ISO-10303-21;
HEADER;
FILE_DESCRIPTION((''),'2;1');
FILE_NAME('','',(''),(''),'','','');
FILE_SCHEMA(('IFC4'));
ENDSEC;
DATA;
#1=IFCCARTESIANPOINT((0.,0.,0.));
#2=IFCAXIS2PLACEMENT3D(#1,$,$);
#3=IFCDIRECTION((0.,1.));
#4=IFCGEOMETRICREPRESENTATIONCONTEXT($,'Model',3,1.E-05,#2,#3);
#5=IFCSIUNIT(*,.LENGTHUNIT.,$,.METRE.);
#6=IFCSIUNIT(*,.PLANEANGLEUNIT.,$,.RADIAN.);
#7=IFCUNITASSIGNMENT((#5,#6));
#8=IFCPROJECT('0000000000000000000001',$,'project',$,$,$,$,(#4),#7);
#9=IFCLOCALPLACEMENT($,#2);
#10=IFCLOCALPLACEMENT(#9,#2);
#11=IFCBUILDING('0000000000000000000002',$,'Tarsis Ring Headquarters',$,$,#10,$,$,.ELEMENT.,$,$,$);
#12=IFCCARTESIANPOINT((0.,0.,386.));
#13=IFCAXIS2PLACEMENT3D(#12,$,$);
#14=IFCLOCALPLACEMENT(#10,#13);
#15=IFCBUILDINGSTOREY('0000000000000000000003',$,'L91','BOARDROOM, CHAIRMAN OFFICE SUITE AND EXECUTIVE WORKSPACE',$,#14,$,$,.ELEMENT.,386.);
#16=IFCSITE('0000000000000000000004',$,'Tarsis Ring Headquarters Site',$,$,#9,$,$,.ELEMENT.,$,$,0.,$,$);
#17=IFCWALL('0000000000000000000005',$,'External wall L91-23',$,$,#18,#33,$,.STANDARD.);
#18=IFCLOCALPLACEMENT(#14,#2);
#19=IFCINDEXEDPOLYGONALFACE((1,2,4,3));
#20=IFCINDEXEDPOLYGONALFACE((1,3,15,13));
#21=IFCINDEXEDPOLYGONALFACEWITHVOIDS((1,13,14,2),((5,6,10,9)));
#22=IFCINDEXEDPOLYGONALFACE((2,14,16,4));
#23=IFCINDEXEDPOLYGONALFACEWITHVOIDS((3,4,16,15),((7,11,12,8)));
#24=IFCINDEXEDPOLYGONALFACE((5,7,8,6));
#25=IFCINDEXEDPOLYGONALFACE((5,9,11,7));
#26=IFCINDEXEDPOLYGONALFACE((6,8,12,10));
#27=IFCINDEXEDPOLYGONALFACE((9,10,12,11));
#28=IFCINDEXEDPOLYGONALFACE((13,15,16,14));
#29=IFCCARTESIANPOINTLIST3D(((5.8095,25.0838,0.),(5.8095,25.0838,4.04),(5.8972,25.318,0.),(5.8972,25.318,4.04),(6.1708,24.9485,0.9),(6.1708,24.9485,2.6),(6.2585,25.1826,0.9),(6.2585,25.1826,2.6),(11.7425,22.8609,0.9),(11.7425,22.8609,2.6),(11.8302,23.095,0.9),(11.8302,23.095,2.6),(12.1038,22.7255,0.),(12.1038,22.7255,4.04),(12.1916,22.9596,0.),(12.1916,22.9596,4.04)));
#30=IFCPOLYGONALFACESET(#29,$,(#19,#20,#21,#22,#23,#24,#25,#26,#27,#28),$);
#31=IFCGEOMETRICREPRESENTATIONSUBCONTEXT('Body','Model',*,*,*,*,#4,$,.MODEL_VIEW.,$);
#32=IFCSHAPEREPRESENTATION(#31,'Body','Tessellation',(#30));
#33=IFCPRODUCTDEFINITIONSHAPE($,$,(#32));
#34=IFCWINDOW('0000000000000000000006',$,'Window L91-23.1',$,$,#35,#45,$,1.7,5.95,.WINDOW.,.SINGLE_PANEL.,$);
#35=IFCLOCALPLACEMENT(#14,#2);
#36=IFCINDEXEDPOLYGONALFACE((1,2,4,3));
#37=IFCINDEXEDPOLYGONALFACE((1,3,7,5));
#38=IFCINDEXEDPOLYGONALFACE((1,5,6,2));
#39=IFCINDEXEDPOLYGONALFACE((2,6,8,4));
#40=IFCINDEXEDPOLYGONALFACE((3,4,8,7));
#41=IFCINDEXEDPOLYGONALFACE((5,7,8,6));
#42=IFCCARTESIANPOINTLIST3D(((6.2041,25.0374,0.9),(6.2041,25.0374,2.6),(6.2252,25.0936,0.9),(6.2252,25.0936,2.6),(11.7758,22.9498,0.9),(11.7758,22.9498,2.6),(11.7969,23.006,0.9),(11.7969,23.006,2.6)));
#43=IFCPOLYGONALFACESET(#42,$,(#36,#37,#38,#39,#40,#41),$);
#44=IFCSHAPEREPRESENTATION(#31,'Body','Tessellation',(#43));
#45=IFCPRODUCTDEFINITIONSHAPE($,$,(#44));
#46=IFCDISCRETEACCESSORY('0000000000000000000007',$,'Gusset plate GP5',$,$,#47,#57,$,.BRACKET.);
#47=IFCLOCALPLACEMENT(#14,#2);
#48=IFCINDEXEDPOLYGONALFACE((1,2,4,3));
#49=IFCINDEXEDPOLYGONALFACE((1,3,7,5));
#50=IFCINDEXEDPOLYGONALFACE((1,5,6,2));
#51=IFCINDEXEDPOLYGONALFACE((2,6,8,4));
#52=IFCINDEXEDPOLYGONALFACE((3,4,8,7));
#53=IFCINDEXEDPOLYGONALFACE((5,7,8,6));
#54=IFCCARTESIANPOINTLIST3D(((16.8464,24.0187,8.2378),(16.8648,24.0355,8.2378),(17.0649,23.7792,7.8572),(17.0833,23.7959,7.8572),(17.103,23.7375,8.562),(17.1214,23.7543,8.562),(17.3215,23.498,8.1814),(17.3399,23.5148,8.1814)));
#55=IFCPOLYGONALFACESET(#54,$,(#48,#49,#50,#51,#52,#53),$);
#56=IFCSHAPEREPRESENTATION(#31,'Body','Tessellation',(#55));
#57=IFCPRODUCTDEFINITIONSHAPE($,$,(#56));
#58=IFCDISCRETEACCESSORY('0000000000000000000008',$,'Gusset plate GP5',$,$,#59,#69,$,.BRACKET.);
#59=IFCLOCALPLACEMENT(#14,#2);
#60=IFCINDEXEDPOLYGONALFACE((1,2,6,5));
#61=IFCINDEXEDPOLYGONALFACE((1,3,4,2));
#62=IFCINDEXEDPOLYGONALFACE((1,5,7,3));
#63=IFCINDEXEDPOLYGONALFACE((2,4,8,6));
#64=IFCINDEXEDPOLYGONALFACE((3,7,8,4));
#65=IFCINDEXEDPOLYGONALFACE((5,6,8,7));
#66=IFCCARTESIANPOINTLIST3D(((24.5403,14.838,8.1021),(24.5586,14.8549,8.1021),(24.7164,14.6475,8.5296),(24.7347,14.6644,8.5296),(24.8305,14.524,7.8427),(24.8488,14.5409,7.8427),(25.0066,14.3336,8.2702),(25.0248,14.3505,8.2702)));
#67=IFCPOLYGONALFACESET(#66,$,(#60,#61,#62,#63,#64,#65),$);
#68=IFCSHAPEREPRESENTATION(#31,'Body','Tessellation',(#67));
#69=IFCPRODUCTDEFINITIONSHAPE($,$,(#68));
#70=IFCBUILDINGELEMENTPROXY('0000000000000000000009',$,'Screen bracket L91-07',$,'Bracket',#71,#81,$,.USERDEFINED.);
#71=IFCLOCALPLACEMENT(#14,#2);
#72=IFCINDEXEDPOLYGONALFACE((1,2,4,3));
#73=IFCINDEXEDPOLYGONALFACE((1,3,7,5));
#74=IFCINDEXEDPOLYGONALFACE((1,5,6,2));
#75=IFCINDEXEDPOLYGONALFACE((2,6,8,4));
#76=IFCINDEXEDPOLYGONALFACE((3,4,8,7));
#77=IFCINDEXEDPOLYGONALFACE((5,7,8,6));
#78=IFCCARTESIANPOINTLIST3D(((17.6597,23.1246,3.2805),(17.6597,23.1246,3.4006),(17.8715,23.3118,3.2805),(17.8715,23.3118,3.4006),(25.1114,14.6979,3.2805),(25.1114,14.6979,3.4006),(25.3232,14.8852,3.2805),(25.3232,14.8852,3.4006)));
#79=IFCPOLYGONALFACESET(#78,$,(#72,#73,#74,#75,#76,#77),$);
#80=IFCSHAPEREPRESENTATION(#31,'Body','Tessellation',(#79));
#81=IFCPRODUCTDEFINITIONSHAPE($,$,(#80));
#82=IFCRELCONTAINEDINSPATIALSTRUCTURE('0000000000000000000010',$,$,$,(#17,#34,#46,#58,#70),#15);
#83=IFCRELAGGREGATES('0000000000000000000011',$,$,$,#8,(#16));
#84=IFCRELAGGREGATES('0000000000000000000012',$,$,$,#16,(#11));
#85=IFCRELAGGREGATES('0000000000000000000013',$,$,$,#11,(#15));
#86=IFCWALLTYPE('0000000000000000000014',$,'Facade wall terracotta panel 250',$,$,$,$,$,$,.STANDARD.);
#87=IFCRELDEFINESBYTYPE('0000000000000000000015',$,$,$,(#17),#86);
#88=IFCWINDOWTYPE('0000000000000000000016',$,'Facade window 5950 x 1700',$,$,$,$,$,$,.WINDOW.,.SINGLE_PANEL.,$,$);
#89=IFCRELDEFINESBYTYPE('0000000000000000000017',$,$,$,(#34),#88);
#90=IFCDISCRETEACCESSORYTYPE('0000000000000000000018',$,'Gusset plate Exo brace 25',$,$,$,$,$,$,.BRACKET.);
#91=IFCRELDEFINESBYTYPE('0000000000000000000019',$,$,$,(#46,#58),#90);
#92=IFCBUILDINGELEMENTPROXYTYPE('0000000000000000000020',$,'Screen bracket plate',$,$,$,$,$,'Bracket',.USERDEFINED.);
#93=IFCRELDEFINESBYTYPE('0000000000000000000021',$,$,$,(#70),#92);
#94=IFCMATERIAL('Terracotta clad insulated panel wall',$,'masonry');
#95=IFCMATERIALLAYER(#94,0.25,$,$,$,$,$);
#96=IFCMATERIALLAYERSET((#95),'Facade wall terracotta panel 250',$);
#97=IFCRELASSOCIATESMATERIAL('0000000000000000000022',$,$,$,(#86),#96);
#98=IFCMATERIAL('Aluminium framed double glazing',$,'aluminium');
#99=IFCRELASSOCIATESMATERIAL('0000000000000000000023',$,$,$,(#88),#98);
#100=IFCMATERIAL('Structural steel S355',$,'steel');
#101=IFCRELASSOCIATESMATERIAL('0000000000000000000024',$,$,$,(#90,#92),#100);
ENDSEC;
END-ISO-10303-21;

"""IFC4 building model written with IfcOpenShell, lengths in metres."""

from ifc_helpers import new_model, si_unit, direction, frame, frame_2d, origin, origin_2d, place, context, subcontext, project, spatial, rectangle, extrude, material, layer, layer_set, material_profile, profile_set, type_object, element, fill, save


model = new_model("IFC4")

# Units and contexts
model_context = context("Model", 3, precision=1e-05, world=origin(), true_north=direction((0.0, 1.0)))
body_context = subcontext(model_context, "Body", "Model", "MODEL_VIEW")
ifc_project = project(units=[si_unit("LENGTHUNIT", "METRE"), si_unit("PLANEANGLEUNIT", "RADIAN")], contexts=[model_context])

# Site, building, storey
site_placement = place(None, origin())
site = spatial("IfcSite", under=ifc_project, at=site_placement, Name="Tarsis Ring Headquarters Site", CompositionType="ELEMENT", RefElevation=0.0)
building_placement = place(site_placement, origin())
building = spatial("IfcBuilding", under=site, at=building_placement, Name="Tarsis Ring Headquarters", CompositionType="ELEMENT")
storey_placement = place(building_placement, frame((0.0, 0.0, 386.0)))
storey = spatial("IfcBuildingStorey", under=building, at=storey_placement, Name="L91", Description="BOARDROOM, CHAIRMAN OFFICE SUITE AND EXECUTIVE WORKSPACE", CompositionType="ELEMENT", Elevation=386.0)

# Shared definitions
ifc_material_1 = material(Name="Structural steel S355", Category="steel")

# Wall, opening, window
ifc_material_2 = material(Name="Terracotta clad insulated panel wall", Category="masonry")
ifc_layer_1 = layer(ifc_material_2, 0.25)
ifc_layer_set_1 = layer_set([ifc_layer_1], Name="Facade wall terracotta panel 250")
wall_type_1 = type_object("IfcWallType", Name="Facade wall terracotta panel 250", PredefinedType="STANDARD", material=ifc_layer_set_1)
ifc_material_3 = material(Name="Aluminium framed double glazing", Category="aluminium")
window_type = type_object("IfcWindowType", Name="Facade window 5950 x 1700", PartitioningType="SINGLE_PANEL", PredefinedType="WINDOW", material=ifc_material_3)
wall_1_placement = place(storey_placement, frame((12.1477, 22.8425, 0.0), z_axis=(0.0, 0.0, 1.0), x_axis=(-0.936428, 0.350861, 0.0)))
wall_1 = element("IfcWall", 1, at=wall_1_placement, inside=storey, type_object=wall_type_1, Name="External wall L91-23", PredefinedType="STANDARD", context=body_context, shape_type="SweptSolid", body=[
    extrude(rectangle(XDim=6.7217, YDim=0.25, at=frame_2d((3.3608, 0.0))), origin(), (0.0, 0.0, 1.0), 4.04),
])
opening_1_placement = place(wall_1_placement, frame((0.3857, 0.0, 0.8999)))
opening_1 = element("IfcOpeningElement", 2, at=opening_1_placement, cuts=wall_1, PredefinedType="OPENING", context=body_context, shape_type="SweptSolid", body=[
    extrude(rectangle(XDim=5.95, YDim=1.7, at=frame_2d((2.9751, 0.8501))), frame((0.0, 0.135, 0.0), z_axis=(0.0, -1.0, 0.0), x_axis=(1.0, 0.0, 0.0)), (0.0, 0.0, 1.0), 0.27),
])
window_1_placement = place(opening_1_placement, origin())
window_1 = element("IfcWindow", 3, at=window_1_placement, inside=storey, type_object=window_type, Name="Window L91-23.1", OverallHeight=1.7, OverallWidth=5.95, PartitioningType="SINGLE_PANEL", PredefinedType="WINDOW", context=body_context, shape_type="SweptSolid", body=[
    extrude(rectangle(XDim=5.95, YDim=1.7, at=frame_2d((2.9751, 0.8501))), frame((0.0, 0.03, 0.0), z_axis=(0.0, -1.0, 0.0), x_axis=(1.0, 0.0, 0.0)), (0.0, 0.0, 1.0), 0.0601),
])
fill(opening_1, window_1)

# Discrete accessories
ifc_material_profile_1 = material_profile(ifc_material_1, rectangle(XDim=0.0249, YDim=0.5, at=origin_2d()), Name="PL 25x500")
ifc_profile_set_1 = profile_set([ifc_material_profile_1], Name="Structural steel S355")
discrete_accessory_type = type_object("IfcDiscreteAccessoryType", Name="Gusset plate Exo brace 25", PredefinedType="BRACKET", material=ifc_profile_set_1)
for number, where, z_axis, x_axis, name in (
    (4, (16.9839, 23.8865, 8.3999), (0.437034, -0.479029, -0.76127), (0.738746, 0.673984, 0.0), "Gusset plate GP5"),
    (5, (24.8706, 14.499, 8.3999), (-0.352053, 0.380862, -0.854987), (-0.734334, -0.678788, 0.0), "Gusset plate GP5"),
):
    element("IfcDiscreteAccessory", number, at=place(storey_placement, frame(where, z_axis=z_axis, x_axis=x_axis)), inside=storey, type_object=discrete_accessory_type, Name=name, PredefinedType="BRACKET", context=body_context, shape_type="SweptSolid", body=[
        extrude(rectangle(XDim=0.0249, YDim=0.5, at=origin_2d()), origin(), (0.0, 0.0, 1.0), 0.5),
    ])

# Building element proxy
building_element_proxy_type = type_object("IfcBuildingElementProxyType", Name="Screen bracket plate", ElementType="Bracket", PredefinedType="USERDEFINED", material=ifc_material_1)
proxy_placement = place(storey_placement, frame((21.4915, 19.0049, 3.2805), z_axis=(0.0, 0.0, 1.0), x_axis=(-0.66244, 0.749115, 0.0)))
element("IfcBuildingElementProxy", 6, at=proxy_placement, inside=storey, type_object=building_element_proxy_type, Name="Screen bracket L91-07", ObjectType="Bracket", PredefinedType="USERDEFINED", context=body_context, shape_type="SweptSolid", body=[
    extrude(rectangle(XDim=11.2488, YDim=0.2827, at=origin_2d()), origin(), (0.0, 0.0, 1.0), 0.1201),
])

save(model, "model.ifc")
